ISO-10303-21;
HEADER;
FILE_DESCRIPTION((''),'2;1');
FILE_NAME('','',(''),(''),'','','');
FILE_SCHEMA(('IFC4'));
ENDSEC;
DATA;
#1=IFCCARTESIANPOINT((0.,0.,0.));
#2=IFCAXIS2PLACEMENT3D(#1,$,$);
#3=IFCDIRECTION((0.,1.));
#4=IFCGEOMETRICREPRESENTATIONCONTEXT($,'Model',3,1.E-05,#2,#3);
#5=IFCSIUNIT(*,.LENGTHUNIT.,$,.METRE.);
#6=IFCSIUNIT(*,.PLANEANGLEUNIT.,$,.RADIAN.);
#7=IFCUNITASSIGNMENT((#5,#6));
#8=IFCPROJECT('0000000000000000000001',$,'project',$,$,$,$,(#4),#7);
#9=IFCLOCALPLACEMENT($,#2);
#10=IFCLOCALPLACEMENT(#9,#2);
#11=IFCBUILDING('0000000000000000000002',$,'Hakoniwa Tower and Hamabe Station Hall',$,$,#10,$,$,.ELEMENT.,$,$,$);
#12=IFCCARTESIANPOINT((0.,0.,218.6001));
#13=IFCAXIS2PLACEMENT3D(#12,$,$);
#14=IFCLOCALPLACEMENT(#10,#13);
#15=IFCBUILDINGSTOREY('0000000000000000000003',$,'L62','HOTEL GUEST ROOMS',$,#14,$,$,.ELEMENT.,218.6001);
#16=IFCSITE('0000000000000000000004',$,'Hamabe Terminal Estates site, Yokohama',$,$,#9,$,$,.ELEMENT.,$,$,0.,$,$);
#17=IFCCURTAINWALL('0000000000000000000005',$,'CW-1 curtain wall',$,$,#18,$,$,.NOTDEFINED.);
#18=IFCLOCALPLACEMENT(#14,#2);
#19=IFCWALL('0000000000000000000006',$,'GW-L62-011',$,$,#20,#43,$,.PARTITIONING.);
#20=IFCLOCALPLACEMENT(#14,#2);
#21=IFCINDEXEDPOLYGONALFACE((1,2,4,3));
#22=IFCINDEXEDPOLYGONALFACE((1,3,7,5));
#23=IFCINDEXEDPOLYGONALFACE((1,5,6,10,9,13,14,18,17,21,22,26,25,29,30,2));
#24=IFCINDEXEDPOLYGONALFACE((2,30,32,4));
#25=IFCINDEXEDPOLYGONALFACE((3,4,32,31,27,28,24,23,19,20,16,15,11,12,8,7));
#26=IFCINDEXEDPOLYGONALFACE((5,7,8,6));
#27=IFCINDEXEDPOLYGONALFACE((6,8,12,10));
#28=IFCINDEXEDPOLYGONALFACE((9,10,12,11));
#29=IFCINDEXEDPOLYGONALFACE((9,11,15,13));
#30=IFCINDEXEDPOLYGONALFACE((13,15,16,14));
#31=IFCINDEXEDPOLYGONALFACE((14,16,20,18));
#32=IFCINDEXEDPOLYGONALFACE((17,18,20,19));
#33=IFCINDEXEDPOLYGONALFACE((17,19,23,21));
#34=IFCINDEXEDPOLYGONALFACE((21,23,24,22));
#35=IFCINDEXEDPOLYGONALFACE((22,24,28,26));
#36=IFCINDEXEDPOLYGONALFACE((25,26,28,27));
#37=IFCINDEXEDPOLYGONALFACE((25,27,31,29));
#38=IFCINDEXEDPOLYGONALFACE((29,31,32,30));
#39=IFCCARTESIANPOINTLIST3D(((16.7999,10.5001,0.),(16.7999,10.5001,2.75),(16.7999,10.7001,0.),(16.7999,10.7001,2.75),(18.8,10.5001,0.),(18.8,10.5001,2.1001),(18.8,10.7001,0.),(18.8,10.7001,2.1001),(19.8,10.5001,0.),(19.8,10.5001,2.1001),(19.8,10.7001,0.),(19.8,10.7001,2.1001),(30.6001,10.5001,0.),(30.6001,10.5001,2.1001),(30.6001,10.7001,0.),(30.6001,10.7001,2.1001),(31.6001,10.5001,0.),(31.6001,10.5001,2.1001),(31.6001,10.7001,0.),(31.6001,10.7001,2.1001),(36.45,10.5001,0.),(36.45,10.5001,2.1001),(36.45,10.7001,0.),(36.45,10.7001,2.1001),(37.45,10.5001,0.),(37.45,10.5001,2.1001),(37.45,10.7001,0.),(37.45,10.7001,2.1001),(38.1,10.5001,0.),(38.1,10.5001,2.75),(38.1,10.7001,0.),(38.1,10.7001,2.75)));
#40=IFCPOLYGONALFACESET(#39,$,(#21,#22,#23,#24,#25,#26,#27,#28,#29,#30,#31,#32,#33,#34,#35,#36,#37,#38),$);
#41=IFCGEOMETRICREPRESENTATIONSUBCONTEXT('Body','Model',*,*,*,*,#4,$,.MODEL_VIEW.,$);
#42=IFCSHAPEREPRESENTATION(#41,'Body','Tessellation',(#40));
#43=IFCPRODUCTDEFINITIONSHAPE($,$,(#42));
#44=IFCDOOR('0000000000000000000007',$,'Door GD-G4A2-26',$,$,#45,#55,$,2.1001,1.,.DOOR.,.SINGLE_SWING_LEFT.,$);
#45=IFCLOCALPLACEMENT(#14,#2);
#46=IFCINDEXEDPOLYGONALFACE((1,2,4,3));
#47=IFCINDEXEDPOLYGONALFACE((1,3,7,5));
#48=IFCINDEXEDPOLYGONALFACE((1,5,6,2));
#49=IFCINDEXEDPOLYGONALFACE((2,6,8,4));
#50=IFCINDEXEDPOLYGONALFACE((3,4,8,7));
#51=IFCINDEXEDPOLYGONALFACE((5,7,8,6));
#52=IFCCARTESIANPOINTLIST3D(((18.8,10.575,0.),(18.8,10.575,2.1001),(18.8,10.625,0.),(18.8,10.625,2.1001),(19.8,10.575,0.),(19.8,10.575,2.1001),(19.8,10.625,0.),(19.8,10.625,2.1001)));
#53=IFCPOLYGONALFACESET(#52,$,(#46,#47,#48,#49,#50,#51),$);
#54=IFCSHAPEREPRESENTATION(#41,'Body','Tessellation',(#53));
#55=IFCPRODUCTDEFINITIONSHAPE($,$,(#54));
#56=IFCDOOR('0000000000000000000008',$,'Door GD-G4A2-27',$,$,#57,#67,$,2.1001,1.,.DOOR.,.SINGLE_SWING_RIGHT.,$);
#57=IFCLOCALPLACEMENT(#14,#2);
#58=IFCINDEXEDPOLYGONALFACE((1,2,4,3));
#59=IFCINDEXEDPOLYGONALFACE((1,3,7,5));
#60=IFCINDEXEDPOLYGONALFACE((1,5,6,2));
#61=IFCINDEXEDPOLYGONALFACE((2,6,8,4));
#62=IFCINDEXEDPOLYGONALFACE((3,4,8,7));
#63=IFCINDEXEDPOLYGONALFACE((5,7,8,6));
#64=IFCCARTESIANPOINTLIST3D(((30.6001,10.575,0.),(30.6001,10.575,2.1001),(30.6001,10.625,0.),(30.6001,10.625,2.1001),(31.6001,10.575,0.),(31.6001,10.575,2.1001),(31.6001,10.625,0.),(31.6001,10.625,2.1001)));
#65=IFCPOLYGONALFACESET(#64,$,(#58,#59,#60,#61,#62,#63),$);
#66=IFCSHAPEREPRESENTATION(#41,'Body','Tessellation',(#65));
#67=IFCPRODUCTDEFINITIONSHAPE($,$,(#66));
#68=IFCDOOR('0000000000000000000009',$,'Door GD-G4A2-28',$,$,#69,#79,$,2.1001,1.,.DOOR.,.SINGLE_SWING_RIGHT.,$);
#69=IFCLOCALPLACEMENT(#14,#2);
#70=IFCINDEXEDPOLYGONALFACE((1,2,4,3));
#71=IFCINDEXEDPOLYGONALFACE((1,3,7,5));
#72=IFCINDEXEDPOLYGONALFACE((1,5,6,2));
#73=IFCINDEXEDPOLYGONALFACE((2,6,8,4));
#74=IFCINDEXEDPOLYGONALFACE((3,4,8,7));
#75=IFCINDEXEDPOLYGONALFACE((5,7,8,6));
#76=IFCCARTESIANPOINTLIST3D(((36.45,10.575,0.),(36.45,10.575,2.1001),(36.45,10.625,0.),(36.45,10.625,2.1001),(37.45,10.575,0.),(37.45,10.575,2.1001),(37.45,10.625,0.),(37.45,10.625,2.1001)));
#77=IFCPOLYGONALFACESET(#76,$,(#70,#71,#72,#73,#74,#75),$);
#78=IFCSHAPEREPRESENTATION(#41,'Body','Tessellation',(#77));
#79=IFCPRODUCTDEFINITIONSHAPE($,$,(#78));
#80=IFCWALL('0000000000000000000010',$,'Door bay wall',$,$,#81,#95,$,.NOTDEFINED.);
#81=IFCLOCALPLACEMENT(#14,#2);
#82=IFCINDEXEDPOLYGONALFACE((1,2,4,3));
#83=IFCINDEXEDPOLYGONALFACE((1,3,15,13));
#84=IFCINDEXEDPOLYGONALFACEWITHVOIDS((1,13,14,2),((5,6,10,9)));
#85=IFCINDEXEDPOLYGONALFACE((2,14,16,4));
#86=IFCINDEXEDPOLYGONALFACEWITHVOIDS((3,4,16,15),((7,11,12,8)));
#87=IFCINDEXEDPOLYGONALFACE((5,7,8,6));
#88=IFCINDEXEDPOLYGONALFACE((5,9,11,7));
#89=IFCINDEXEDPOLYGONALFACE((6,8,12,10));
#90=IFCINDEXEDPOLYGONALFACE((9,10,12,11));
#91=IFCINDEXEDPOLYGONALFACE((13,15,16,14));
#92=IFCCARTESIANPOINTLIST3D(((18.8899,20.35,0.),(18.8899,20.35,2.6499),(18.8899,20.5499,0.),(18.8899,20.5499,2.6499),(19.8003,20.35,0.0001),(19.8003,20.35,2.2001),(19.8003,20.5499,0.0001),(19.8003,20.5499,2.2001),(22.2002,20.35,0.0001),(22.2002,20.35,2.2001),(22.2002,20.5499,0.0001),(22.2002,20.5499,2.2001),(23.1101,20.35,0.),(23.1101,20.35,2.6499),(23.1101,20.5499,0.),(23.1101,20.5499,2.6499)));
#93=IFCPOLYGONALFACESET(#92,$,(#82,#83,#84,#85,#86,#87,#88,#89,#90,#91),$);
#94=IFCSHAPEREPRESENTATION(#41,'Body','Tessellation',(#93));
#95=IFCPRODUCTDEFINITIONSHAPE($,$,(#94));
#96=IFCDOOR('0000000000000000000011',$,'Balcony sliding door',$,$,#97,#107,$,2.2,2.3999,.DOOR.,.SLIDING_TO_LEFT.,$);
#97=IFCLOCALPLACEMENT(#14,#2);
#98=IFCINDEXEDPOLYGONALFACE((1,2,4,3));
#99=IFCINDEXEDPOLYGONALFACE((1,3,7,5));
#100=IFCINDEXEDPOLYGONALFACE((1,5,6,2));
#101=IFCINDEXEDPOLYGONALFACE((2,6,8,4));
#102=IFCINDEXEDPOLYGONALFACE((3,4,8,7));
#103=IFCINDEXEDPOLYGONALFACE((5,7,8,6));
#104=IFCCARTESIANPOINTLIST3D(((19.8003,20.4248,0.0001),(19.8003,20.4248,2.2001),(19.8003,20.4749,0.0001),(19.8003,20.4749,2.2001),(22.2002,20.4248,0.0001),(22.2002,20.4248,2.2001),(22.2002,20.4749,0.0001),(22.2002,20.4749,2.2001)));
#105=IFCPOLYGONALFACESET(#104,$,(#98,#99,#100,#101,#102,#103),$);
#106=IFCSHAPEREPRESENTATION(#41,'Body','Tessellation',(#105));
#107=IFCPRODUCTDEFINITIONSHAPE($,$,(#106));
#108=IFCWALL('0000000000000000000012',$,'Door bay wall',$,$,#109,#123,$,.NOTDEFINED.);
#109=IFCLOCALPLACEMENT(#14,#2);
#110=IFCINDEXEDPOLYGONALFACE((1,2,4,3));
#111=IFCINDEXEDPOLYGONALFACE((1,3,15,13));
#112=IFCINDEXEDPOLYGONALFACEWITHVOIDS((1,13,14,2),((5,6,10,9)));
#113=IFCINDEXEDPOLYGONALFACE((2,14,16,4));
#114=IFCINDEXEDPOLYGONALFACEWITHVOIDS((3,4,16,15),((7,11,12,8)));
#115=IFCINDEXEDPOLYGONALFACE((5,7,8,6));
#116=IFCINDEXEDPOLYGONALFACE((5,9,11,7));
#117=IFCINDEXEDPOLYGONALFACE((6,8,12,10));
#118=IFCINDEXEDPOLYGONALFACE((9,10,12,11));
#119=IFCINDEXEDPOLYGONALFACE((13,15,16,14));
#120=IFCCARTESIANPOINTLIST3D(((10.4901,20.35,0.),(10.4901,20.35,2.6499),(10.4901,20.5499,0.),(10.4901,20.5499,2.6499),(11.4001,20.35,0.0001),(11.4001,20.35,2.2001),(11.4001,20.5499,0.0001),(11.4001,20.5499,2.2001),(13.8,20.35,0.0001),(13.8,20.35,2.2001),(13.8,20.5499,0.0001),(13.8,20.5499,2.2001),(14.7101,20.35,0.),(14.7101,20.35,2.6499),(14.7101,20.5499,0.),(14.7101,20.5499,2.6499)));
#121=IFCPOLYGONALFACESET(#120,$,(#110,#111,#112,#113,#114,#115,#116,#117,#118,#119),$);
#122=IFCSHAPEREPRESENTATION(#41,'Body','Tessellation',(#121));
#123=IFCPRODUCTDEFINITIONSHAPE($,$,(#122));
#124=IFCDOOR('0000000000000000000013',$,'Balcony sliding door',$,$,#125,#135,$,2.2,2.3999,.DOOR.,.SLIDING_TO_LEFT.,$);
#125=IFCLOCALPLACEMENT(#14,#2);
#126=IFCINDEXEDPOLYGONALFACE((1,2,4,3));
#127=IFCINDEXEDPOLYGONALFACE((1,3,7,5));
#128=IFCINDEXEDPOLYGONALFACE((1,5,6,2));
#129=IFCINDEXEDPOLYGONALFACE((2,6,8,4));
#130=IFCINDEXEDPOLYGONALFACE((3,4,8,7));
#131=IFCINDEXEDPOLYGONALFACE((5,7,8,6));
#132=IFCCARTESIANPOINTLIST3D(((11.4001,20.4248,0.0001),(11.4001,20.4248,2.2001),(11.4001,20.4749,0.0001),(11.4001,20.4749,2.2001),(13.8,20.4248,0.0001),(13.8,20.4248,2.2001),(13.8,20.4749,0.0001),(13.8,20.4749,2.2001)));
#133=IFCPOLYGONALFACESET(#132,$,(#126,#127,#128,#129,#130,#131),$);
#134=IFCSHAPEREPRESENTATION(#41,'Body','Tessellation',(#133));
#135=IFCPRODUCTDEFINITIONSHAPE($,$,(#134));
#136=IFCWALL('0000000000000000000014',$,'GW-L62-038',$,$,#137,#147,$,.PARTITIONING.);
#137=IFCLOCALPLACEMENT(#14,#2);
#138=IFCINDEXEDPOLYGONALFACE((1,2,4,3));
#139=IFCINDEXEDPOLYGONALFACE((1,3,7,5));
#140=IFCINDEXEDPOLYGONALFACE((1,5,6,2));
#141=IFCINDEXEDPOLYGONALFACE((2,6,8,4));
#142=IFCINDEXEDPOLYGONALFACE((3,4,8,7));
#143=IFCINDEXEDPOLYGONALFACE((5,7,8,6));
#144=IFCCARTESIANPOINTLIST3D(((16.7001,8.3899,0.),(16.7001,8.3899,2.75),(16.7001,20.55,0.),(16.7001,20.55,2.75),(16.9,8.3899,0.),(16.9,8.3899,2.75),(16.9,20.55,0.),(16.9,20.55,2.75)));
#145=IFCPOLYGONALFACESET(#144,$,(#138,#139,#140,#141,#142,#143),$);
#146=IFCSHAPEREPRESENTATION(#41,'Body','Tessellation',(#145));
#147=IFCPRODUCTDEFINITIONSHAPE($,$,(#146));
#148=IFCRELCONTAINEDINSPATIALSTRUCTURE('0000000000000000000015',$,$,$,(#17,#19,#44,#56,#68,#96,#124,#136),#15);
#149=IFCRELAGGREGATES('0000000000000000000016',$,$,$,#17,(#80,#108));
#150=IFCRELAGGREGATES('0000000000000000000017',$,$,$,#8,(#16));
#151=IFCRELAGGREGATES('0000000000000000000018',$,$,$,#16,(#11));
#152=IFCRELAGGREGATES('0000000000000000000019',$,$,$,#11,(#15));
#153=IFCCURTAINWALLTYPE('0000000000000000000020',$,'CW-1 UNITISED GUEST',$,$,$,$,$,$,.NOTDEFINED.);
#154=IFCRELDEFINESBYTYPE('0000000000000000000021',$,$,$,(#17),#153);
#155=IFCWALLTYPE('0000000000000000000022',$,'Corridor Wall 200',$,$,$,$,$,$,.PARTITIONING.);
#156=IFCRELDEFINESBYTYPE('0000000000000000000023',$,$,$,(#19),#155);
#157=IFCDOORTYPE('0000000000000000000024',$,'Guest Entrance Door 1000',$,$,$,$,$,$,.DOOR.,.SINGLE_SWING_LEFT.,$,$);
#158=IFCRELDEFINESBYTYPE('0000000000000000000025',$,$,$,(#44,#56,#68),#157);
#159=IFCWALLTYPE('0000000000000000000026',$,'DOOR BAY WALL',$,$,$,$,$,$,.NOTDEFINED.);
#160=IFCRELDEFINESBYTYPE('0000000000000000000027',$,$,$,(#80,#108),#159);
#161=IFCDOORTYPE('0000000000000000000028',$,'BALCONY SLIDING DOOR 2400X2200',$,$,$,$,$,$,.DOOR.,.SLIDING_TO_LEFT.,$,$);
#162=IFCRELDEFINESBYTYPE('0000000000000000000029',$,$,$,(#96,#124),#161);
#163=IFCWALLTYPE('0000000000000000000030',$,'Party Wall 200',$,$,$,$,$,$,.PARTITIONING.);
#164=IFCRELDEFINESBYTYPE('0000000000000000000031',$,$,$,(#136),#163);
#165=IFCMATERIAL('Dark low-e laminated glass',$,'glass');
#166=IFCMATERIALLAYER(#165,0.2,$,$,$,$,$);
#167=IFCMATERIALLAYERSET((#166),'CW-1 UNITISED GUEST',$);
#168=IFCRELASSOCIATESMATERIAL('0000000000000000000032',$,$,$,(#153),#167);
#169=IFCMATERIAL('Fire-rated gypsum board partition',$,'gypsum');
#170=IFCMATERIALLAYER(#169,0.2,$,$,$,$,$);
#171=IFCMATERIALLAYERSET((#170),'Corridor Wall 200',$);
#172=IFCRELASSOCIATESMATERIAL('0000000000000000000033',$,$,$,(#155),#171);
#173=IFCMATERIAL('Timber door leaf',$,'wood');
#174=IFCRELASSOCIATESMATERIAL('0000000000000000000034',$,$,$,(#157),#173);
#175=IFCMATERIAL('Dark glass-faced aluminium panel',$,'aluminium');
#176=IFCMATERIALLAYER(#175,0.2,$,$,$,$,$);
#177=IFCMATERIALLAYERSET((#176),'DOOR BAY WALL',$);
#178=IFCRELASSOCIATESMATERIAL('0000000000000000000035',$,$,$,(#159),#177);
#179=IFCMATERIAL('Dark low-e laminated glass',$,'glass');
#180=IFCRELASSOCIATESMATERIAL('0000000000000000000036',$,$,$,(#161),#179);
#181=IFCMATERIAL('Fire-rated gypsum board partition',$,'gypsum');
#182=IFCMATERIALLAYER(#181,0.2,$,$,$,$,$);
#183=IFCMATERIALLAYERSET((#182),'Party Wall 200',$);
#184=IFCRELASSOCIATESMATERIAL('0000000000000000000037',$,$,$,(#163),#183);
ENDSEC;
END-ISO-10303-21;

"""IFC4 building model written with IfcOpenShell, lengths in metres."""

from ifc_helpers import new_model, si_unit, direction, frame, frame_2d, origin, place, context, subcontext, project, spatial, rectangle, extrude, material, layer, layer_set, type_object, element, fill, aggregate, save


model = new_model("IFC4")

# Units and contexts
model_context = context("Model", 3, precision=1e-05, world=origin(), true_north=direction((0.0, 1.0)))
body_context = subcontext(model_context, "Body", "Model", "MODEL_VIEW")
ifc_project = project(units=[si_unit("LENGTHUNIT", "METRE"), si_unit("PLANEANGLEUNIT", "RADIAN")], contexts=[model_context])

# Site, building, storey
site_placement = place(None, origin())
site = spatial("IfcSite", under=ifc_project, at=site_placement, Name="Hamabe Terminal Estates site, Yokohama", CompositionType="ELEMENT", RefElevation=0.0)
building_placement = place(site_placement, origin())
building = spatial("IfcBuilding", under=site, at=building_placement, Name="Hakoniwa Tower and Hamabe Station Hall", CompositionType="ELEMENT")
storey_placement = place(building_placement, frame((0.0, 0.0, 218.6001)))
storey = spatial("IfcBuildingStorey", under=building, at=storey_placement, Name="L62", Description="HOTEL GUEST ROOMS", CompositionType="ELEMENT", Elevation=218.6001)

# Curtain wall
ifc_material_1 = material(Name="Dark low-e laminated glass", Category="glass")
ifc_layer_1 = layer(ifc_material_1, 0.2)
ifc_layer_set_1 = layer_set([ifc_layer_1], Name="CW-1 UNITISED GUEST")
curtain_wall_type = type_object("IfcCurtainWallType", Name="CW-1 UNITISED GUEST", PredefinedType="NOTDEFINED", material=ifc_layer_set_1)
curtain_wall_placement = place(storey_placement, origin())
curtain_wall = element("IfcCurtainWall", 1, at=curtain_wall_placement, inside=storey, type_object=curtain_wall_type, Name="CW-1 curtain wall", PredefinedType="NOTDEFINED")

# Wall, openings, doors
ifc_material_2 = material(Name="Fire-rated gypsum board partition", Category="gypsum")
ifc_layer_2 = layer(ifc_material_2, 0.2)
ifc_layer_set_2 = layer_set([ifc_layer_2], Name="Corridor Wall 200")
wall_type_1 = type_object("IfcWallType", Name="Corridor Wall 200", PredefinedType="PARTITIONING", material=ifc_layer_set_2)
wall_1_placement = place(storey_placement, frame((16.8, 10.6001, 0.0), z_axis=(0.0, 0.0, 1.0), x_axis=(1.0, 0.0, 0.0)))
wall_1 = element("IfcWall", 2, at=wall_1_placement, inside=storey, type_object=wall_type_1, Name="GW-L62-011", PredefinedType="PARTITIONING", context=body_context, shape_type="SweptSolid", body=[
    extrude(rectangle(XDim=21.3, YDim=0.2, at=frame_2d((10.6499, 0.0))), origin(), (0.0, 0.0, 1.0), 2.75),
])
opening_1_placement = place(wall_1_placement, frame((2.0, 0.0, 0.0)))
opening_1 = element("IfcOpeningElement", 3, at=opening_1_placement, cuts=wall_1, PredefinedType="OPENING", context=body_context, shape_type="SweptSolid", body=[
    extrude(rectangle(XDim=1.0, YDim=2.1001, at=frame_2d((0.5, 1.05))), frame((0.0, 0.1099, 0.0), z_axis=(0.0, -1.0, 0.0), x_axis=(1.0, 0.0, 0.0)), (0.0, 0.0, 1.0), 0.22),
])
opening_2_placement = place(wall_1_placement, frame((13.8, 0.0, 0.0)))
opening_2 = element("IfcOpeningElement", 4, at=opening_2_placement, cuts=wall_1, PredefinedType="OPENING", context=body_context, shape_type="SweptSolid", body=[
    extrude(rectangle(XDim=1.0, YDim=2.1001, at=frame_2d((0.5, 1.05))), frame((0.0, 0.1099, 0.0), z_axis=(0.0, -1.0, 0.0), x_axis=(1.0, 0.0, 0.0)), (0.0, 0.0, 1.0), 0.22),
])
opening_3_placement = place(wall_1_placement, frame((19.6499, 0.0, 0.0)))
opening_3 = element("IfcOpeningElement", 5, at=opening_3_placement, cuts=wall_1, PredefinedType="OPENING", context=body_context, shape_type="SweptSolid", body=[
    extrude(rectangle(XDim=1.0, YDim=2.1001, at=frame_2d((0.5, 1.05))), frame((0.0, 0.1099, 0.0), z_axis=(0.0, -1.0, 0.0), x_axis=(1.0, 0.0, 0.0)), (0.0, 0.0, 1.0), 0.22),
])
ifc_material_3 = material(Name="Timber door leaf", Category="wood")
door_type_1 = type_object("IfcDoorType", Name="Guest Entrance Door 1000", OperationType="SINGLE_SWING_LEFT", PredefinedType="DOOR", material=ifc_material_3)
door_1_placement = place(opening_1_placement, origin())
door_1 = element("IfcDoor", 6, at=door_1_placement, inside=storey, type_object=door_type_1, Name="Door GD-G4A2-26", OperationType="SINGLE_SWING_LEFT", OverallHeight=2.1001, OverallWidth=1.0, PredefinedType="DOOR", context=body_context, shape_type="SweptSolid", body=[
    extrude(rectangle(XDim=1.0, YDim=2.1001, at=frame_2d((0.5, 1.05))), frame((0.0, 0.0249, 0.0), z_axis=(0.0, -1.0, 0.0), x_axis=(1.0, 0.0, 0.0)), (0.0, 0.0, 1.0), 0.05),
])
fill(opening_1, door_1)
door_2_placement = place(opening_2_placement, origin())
door_2 = element("IfcDoor", 7, at=door_2_placement, inside=storey, type_object=door_type_1, Name="Door GD-G4A2-27", OperationType="SINGLE_SWING_RIGHT", OverallHeight=2.1001, OverallWidth=1.0, PredefinedType="DOOR", context=body_context, shape_type="SweptSolid", body=[
    extrude(rectangle(XDim=1.0, YDim=2.1001, at=frame_2d((0.5, 1.05))), frame((0.0, 0.0249, 0.0), z_axis=(0.0, -1.0, 0.0), x_axis=(1.0, 0.0, 0.0)), (0.0, 0.0, 1.0), 0.05),
])
fill(opening_2, door_2)
door_3_placement = place(opening_3_placement, origin())
door_3 = element("IfcDoor", 8, at=door_3_placement, inside=storey, type_object=door_type_1, Name="Door GD-G4A2-28", OperationType="SINGLE_SWING_RIGHT", OverallHeight=2.1001, OverallWidth=1.0, PredefinedType="DOOR", context=body_context, shape_type="SweptSolid", body=[
    extrude(rectangle(XDim=1.0, YDim=2.1001, at=frame_2d((0.5, 1.05))), frame((0.0, 0.0249, 0.0), z_axis=(0.0, -1.0, 0.0), x_axis=(1.0, 0.0, 0.0)), (0.0, 0.0, 1.0), 0.05),
])
fill(opening_3, door_3)

# Walls, openings, doors
ifc_material_4 = material(Name="Dark glass-faced aluminium panel", Category="aluminium")
ifc_layer_3 = layer(ifc_material_4, 0.2)
ifc_layer_set_3 = layer_set([ifc_layer_3], Name="DOOR BAY WALL")
wall_type_2 = type_object("IfcWallType", Name="DOOR BAY WALL", PredefinedType="NOTDEFINED", material=ifc_layer_set_3)
wall_2_placement = place(storey_placement, frame((23.1101, 20.45, 0.0), z_axis=(0.0, 0.0, 1.0), x_axis=(-1.0, 0.0, 0.0)))
wall_2 = element("IfcWall", 9, at=wall_2_placement, type_object=wall_type_2, Name="Door bay wall", PredefinedType="NOTDEFINED", context=body_context, shape_type="SweptSolid", body=[
    extrude(rectangle(XDim=4.2202, YDim=0.2, at=frame_2d((2.1101, 0.0))), origin(), (0.0, 0.0, 1.0), 2.6499),
])
opening_4_placement = place(wall_2_placement, frame((0.9099, 0.0, 0.0)))
opening_4 = element("IfcOpeningElement", 10, at=opening_4_placement, cuts=wall_2, PredefinedType="OPENING", context=body_context, shape_type="SweptSolid", body=[
    extrude(rectangle(XDim=2.3999, YDim=2.2, at=frame_2d((1.2, 1.1001))), frame((0.0, 0.1099, 0.0), z_axis=(0.0, -1.0, 0.0), x_axis=(1.0, 0.0, 0.0)), (0.0, 0.0, 1.0), 0.22),
])
ifc_material_5 = material(Name="Dark low-e laminated glass", Category="glass")
door_type_2 = type_object("IfcDoorType", Name="BALCONY SLIDING DOOR 2400X2200", OperationType="SLIDING_TO_LEFT", PredefinedType="DOOR", material=ifc_material_5)
door_4_placement = place(opening_4_placement, frame((2.3999, 0.0, 0.0), z_axis=(0.0, 0.0, 1.0), x_axis=(-1.0, 0.0, 0.0)))
door_4 = element("IfcDoor", 11, at=door_4_placement, inside=storey, type_object=door_type_2, Name="Balcony sliding door", OperationType="SLIDING_TO_LEFT", OverallHeight=2.2, OverallWidth=2.3999, PredefinedType="DOOR", context=body_context, shape_type="SweptSolid", body=[
    extrude(rectangle(XDim=2.3999, YDim=2.2, at=frame_2d((1.2, 1.1001))), frame((0.0, 0.0249, 0.0), z_axis=(0.0, -1.0, 0.0), x_axis=(1.0, 0.0, 0.0)), (0.0, 0.0, 1.0), 0.05),
])
fill(opening_4, door_4)
wall_3_placement = place(storey_placement, frame((14.71, 20.45, 0.0), z_axis=(0.0, 0.0, 1.0), x_axis=(-1.0, 0.0, 0.0)))
wall_3 = element("IfcWall", 12, at=wall_3_placement, type_object=wall_type_2, Name="Door bay wall", PredefinedType="NOTDEFINED", context=body_context, shape_type="SweptSolid", body=[
    extrude(rectangle(XDim=4.22, YDim=0.2, at=frame_2d((2.1099, 0.0))), origin(), (0.0, 0.0, 1.0), 2.6499),
])
opening_5_placement = place(wall_3_placement, frame((0.9099, 0.0, 0.0)))
opening_5 = element("IfcOpeningElement", 13, at=opening_5_placement, cuts=wall_3, PredefinedType="OPENING", context=body_context, shape_type="SweptSolid", body=[
    extrude(rectangle(XDim=2.3999, YDim=2.2, at=frame_2d((1.2, 1.1001))), frame((0.0, 0.1099, 0.0), z_axis=(0.0, -1.0, 0.0), x_axis=(1.0, 0.0, 0.0)), (0.0, 0.0, 1.0), 0.22),
])
door_5_placement = place(opening_5_placement, frame((2.3999, 0.0, 0.0), z_axis=(0.0, 0.0, 1.0), x_axis=(-1.0, 0.0, 0.0)))
door_5 = element("IfcDoor", 14, at=door_5_placement, inside=storey, type_object=door_type_2, Name="Balcony sliding door", OperationType="SLIDING_TO_LEFT", OverallHeight=2.2, OverallWidth=2.3999, PredefinedType="DOOR", context=body_context, shape_type="SweptSolid", body=[
    extrude(rectangle(XDim=2.3999, YDim=2.2, at=frame_2d((1.2, 1.1001))), frame((0.0, 0.0249, 0.0), z_axis=(0.0, -1.0, 0.0), x_axis=(1.0, 0.0, 0.0)), (0.0, 0.0, 1.0), 0.05),
])
fill(opening_5, door_5)
aggregate(curtain_wall, [wall_2, wall_3])

# Wall
ifc_material_6 = material(Name="Fire-rated gypsum board partition", Category="gypsum")
ifc_layer_4 = layer(ifc_material_6, 0.2)
ifc_layer_set_4 = layer_set([ifc_layer_4], Name="Party Wall 200")
wall_type_3 = type_object("IfcWallType", Name="Party Wall 200", PredefinedType="PARTITIONING", material=ifc_layer_set_4)
wall_4_placement = place(storey_placement, frame((16.8, 8.3899, 0.0), z_axis=(0.0, 0.0, 1.0), x_axis=(0.0, 1.0, 0.0)))
element("IfcWall", 15, at=wall_4_placement, inside=storey, type_object=wall_type_3, Name="GW-L62-038", PredefinedType="PARTITIONING", context=body_context, shape_type="SweptSolid", body=[
    extrude(rectangle(XDim=12.1602, YDim=0.2, at=frame_2d((6.0801, 0.0))), origin(), (0.0, 0.0, 1.0), 2.75),
])

save(model, "model.ifc")
